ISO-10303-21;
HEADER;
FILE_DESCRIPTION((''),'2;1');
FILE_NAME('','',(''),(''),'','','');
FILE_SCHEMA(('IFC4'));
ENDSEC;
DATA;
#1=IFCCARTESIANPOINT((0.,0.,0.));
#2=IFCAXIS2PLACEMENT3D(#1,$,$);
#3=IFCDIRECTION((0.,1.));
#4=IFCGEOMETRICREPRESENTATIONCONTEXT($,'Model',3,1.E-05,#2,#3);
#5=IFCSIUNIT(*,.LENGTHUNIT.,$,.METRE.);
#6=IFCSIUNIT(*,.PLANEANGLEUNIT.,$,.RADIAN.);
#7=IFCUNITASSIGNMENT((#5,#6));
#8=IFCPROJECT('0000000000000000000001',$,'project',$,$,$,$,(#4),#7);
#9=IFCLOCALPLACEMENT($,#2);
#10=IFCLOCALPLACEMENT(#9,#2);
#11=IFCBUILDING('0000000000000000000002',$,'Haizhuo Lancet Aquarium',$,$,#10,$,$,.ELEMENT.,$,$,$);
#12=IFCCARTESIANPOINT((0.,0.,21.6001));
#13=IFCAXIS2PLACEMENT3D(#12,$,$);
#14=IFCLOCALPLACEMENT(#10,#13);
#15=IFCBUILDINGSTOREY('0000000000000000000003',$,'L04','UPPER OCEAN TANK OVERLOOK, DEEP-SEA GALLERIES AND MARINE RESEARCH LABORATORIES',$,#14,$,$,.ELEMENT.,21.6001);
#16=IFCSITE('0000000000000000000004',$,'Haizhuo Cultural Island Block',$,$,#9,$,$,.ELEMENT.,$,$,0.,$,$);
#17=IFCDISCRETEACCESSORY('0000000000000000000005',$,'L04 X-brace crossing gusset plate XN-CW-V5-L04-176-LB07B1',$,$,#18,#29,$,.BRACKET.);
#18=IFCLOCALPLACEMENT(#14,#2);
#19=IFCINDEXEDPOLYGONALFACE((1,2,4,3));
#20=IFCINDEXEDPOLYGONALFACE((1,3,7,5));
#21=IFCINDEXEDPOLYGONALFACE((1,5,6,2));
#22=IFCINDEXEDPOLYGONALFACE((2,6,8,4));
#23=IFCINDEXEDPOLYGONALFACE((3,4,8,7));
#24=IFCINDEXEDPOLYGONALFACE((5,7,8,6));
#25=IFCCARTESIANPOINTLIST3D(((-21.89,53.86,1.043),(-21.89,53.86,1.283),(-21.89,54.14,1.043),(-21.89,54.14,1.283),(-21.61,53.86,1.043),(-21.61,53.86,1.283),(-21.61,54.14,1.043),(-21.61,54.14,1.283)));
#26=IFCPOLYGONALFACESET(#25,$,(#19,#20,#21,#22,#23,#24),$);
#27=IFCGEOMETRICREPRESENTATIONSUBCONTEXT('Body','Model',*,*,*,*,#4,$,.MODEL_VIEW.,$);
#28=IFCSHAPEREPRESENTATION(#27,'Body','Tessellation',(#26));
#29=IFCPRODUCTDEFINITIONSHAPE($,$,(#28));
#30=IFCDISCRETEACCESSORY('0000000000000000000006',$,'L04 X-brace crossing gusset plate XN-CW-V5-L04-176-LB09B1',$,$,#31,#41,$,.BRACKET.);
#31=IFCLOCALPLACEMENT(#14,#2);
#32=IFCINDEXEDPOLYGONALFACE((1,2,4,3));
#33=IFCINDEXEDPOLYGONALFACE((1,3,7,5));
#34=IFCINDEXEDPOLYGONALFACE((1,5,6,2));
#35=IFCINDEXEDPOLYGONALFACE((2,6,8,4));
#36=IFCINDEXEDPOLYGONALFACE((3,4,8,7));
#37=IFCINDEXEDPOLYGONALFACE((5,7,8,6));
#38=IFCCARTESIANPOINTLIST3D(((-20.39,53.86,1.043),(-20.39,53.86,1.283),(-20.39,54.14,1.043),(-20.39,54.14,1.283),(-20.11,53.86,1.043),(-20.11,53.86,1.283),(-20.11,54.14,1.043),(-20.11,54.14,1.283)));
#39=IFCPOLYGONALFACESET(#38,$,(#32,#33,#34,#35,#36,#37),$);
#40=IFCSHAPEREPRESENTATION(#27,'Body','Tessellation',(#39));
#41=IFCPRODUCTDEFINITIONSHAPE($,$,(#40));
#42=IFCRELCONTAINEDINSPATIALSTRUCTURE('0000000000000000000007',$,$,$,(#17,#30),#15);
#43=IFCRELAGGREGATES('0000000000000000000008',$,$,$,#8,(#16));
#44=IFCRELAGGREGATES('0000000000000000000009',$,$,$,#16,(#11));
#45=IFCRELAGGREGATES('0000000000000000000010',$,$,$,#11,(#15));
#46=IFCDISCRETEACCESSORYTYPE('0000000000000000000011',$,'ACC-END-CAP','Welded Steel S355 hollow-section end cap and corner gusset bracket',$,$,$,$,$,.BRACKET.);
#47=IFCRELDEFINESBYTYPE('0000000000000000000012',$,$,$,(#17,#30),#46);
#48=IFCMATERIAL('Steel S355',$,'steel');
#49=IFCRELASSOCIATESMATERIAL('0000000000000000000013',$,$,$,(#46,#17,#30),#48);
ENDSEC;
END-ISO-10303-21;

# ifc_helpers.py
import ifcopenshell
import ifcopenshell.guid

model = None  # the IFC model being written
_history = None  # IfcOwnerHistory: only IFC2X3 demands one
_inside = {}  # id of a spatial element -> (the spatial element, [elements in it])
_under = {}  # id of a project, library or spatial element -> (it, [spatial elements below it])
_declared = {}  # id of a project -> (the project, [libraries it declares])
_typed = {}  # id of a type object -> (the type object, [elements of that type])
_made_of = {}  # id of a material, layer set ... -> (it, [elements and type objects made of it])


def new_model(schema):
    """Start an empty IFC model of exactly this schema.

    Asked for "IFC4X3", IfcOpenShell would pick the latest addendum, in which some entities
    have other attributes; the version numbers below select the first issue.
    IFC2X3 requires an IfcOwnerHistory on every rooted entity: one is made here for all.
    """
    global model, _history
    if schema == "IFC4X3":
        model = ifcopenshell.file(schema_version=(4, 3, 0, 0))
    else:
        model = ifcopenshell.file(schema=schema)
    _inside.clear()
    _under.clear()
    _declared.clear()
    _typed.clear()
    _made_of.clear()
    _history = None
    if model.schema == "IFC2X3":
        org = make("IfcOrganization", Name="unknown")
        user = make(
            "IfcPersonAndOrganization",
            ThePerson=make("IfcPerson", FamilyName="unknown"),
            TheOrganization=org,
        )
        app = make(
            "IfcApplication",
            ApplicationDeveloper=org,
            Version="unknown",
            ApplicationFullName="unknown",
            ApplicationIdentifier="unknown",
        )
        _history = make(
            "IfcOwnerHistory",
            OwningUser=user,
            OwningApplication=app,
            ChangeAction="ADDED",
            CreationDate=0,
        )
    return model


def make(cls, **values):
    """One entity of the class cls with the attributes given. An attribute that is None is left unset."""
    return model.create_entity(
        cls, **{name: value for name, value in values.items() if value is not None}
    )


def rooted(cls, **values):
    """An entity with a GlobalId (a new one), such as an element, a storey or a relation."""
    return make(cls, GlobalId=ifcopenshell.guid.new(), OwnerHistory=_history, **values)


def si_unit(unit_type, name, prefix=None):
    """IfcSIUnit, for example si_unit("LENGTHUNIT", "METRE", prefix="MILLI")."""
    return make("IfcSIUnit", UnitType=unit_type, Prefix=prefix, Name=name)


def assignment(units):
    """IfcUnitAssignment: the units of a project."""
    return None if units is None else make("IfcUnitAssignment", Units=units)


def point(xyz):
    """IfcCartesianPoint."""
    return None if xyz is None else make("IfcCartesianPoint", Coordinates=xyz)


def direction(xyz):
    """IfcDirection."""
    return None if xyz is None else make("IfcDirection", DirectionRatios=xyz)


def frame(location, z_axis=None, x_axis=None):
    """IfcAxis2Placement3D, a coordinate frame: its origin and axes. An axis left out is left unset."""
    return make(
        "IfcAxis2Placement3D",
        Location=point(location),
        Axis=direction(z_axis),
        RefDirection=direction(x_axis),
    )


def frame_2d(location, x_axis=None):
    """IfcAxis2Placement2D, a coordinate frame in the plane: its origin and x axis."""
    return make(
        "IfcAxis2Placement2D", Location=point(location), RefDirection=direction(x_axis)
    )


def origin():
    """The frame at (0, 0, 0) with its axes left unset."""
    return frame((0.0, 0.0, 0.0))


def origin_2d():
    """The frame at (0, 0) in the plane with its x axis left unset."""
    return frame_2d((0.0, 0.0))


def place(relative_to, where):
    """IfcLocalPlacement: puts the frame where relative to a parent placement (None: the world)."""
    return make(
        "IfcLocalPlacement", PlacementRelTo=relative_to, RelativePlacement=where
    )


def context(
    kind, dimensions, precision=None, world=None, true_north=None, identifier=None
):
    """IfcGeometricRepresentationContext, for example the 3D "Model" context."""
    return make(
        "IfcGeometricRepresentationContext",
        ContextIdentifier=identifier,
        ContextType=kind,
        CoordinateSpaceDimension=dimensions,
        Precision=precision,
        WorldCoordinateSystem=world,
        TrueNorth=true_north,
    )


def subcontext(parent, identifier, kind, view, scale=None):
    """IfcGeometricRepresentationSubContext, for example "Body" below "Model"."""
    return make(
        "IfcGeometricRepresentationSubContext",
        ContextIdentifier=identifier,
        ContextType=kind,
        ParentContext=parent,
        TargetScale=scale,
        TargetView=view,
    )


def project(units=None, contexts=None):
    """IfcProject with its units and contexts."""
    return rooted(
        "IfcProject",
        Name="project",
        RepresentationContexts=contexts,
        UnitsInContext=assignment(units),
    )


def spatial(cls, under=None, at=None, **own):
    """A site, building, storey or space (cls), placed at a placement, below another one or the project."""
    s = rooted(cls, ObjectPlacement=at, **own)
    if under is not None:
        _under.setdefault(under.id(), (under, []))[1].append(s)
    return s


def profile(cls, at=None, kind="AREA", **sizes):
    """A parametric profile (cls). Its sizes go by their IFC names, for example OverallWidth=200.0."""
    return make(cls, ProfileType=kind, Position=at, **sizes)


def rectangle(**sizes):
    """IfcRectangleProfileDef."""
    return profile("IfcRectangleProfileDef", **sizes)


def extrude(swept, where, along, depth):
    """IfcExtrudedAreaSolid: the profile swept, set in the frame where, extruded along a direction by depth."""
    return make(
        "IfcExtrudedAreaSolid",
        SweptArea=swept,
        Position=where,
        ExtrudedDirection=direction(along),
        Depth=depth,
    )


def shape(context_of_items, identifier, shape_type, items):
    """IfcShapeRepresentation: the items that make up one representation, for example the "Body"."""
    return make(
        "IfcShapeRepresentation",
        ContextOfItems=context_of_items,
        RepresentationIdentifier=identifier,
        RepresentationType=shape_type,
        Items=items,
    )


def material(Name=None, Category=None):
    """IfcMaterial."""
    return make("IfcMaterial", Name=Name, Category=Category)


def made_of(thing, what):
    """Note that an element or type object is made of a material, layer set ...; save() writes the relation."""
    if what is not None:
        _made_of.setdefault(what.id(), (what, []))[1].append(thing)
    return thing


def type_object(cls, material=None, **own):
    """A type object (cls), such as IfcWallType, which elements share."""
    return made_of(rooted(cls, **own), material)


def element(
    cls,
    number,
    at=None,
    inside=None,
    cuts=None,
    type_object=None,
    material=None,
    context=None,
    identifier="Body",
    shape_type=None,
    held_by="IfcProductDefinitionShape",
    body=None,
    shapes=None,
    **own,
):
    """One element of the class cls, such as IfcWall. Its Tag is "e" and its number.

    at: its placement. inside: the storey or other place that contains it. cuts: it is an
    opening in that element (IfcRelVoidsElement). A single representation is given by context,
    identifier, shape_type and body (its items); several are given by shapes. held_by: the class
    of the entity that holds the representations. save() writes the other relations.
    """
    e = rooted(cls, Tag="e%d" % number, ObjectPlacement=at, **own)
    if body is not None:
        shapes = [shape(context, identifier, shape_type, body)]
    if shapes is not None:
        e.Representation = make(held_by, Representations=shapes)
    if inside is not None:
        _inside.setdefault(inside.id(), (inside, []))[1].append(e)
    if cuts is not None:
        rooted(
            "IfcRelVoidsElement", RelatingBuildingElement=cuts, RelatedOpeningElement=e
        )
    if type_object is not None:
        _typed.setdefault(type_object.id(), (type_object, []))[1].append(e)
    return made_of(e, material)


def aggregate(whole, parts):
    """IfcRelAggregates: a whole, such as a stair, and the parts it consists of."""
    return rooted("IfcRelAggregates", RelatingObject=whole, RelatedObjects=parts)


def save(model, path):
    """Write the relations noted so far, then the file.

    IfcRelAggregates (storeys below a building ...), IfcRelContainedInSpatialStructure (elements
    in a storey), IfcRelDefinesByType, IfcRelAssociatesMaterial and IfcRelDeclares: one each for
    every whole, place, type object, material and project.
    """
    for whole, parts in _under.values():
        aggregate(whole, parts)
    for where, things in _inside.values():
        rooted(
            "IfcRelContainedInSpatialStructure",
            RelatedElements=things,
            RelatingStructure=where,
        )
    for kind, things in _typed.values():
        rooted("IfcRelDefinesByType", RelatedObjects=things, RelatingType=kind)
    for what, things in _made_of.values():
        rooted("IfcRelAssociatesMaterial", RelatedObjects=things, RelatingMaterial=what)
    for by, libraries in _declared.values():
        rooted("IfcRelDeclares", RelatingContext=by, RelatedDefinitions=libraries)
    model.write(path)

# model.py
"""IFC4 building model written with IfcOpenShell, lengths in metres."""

from ifc_helpers import new_model, si_unit, direction, frame, origin, origin_2d, place, context, subcontext, project, spatial, rectangle, extrude, material, type_object, element, save


model = new_model("IFC4")

# Units and contexts
model_context = context("Model", 3, precision=1e-05, world=origin(), true_north=direction((0.0, 1.0)))
body_context = subcontext(model_context, "Body", "Model", "MODEL_VIEW")
ifc_project = project(units=[si_unit("LENGTHUNIT", "METRE"), si_unit("PLANEANGLEUNIT", "RADIAN")], contexts=[model_context])

# Site, building, storey
site_placement = place(None, origin())
site = spatial("IfcSite", under=ifc_project, at=site_placement, Name="Haizhuo Cultural Island Block", CompositionType="ELEMENT", RefElevation=0.0)
building_placement = place(site_placement, origin())
building = spatial("IfcBuilding", under=site, at=building_placement, Name="Haizhuo Lancet Aquarium", CompositionType="ELEMENT")
storey_placement = place(building_placement, frame((0.0, 0.0, 21.6001)))
storey = spatial("IfcBuildingStorey", under=building, at=storey_placement, Name="L04", Description="UPPER OCEAN TANK OVERLOOK, DEEP-SEA GALLERIES AND MARINE RESEARCH LABORATORIES", CompositionType="ELEMENT", Elevation=21.6001)

# Shared definitions
ifc_material_1 = material(Name="Steel S355", Category="steel")

# Discrete accessories
discrete_accessory_type = type_object("IfcDiscreteAccessoryType", Name="ACC-END-CAP", Description="Welded Steel S355 hollow-section end cap and corner gusset bracket", PredefinedType="BRACKET", material=ifc_material_1)
for number, where, z_axis, x_axis, name in (
    (1, (-21.75, 54.0, 1.043), (0.0, 0.0, 1.0), (1.0, 0.0, 0.0), "L04 X-brace crossing gusset plate XN-CW-V5-L04-176-LB07B1"),
    (2, (-20.25, 54.0, 1.043), (0.0, 0.0, 1.0), (1.0, 0.0, 0.0), "L04 X-brace crossing gusset plate XN-CW-V5-L04-176-LB09B1"),
):
    element("IfcDiscreteAccessory", number, at=place(storey_placement, frame(where, z_axis=z_axis, x_axis=x_axis)), inside=storey, type_object=discrete_accessory_type, material=ifc_material_1, Name=name, PredefinedType="BRACKET", context=body_context, shape_type="SweptSolid", body=[
        extrude(rectangle(XDim=0.28, YDim=0.28, at=origin_2d()), origin(), (0.0, 0.0, 1.0), 0.24),
    ])

save(model, "model.ifc")
